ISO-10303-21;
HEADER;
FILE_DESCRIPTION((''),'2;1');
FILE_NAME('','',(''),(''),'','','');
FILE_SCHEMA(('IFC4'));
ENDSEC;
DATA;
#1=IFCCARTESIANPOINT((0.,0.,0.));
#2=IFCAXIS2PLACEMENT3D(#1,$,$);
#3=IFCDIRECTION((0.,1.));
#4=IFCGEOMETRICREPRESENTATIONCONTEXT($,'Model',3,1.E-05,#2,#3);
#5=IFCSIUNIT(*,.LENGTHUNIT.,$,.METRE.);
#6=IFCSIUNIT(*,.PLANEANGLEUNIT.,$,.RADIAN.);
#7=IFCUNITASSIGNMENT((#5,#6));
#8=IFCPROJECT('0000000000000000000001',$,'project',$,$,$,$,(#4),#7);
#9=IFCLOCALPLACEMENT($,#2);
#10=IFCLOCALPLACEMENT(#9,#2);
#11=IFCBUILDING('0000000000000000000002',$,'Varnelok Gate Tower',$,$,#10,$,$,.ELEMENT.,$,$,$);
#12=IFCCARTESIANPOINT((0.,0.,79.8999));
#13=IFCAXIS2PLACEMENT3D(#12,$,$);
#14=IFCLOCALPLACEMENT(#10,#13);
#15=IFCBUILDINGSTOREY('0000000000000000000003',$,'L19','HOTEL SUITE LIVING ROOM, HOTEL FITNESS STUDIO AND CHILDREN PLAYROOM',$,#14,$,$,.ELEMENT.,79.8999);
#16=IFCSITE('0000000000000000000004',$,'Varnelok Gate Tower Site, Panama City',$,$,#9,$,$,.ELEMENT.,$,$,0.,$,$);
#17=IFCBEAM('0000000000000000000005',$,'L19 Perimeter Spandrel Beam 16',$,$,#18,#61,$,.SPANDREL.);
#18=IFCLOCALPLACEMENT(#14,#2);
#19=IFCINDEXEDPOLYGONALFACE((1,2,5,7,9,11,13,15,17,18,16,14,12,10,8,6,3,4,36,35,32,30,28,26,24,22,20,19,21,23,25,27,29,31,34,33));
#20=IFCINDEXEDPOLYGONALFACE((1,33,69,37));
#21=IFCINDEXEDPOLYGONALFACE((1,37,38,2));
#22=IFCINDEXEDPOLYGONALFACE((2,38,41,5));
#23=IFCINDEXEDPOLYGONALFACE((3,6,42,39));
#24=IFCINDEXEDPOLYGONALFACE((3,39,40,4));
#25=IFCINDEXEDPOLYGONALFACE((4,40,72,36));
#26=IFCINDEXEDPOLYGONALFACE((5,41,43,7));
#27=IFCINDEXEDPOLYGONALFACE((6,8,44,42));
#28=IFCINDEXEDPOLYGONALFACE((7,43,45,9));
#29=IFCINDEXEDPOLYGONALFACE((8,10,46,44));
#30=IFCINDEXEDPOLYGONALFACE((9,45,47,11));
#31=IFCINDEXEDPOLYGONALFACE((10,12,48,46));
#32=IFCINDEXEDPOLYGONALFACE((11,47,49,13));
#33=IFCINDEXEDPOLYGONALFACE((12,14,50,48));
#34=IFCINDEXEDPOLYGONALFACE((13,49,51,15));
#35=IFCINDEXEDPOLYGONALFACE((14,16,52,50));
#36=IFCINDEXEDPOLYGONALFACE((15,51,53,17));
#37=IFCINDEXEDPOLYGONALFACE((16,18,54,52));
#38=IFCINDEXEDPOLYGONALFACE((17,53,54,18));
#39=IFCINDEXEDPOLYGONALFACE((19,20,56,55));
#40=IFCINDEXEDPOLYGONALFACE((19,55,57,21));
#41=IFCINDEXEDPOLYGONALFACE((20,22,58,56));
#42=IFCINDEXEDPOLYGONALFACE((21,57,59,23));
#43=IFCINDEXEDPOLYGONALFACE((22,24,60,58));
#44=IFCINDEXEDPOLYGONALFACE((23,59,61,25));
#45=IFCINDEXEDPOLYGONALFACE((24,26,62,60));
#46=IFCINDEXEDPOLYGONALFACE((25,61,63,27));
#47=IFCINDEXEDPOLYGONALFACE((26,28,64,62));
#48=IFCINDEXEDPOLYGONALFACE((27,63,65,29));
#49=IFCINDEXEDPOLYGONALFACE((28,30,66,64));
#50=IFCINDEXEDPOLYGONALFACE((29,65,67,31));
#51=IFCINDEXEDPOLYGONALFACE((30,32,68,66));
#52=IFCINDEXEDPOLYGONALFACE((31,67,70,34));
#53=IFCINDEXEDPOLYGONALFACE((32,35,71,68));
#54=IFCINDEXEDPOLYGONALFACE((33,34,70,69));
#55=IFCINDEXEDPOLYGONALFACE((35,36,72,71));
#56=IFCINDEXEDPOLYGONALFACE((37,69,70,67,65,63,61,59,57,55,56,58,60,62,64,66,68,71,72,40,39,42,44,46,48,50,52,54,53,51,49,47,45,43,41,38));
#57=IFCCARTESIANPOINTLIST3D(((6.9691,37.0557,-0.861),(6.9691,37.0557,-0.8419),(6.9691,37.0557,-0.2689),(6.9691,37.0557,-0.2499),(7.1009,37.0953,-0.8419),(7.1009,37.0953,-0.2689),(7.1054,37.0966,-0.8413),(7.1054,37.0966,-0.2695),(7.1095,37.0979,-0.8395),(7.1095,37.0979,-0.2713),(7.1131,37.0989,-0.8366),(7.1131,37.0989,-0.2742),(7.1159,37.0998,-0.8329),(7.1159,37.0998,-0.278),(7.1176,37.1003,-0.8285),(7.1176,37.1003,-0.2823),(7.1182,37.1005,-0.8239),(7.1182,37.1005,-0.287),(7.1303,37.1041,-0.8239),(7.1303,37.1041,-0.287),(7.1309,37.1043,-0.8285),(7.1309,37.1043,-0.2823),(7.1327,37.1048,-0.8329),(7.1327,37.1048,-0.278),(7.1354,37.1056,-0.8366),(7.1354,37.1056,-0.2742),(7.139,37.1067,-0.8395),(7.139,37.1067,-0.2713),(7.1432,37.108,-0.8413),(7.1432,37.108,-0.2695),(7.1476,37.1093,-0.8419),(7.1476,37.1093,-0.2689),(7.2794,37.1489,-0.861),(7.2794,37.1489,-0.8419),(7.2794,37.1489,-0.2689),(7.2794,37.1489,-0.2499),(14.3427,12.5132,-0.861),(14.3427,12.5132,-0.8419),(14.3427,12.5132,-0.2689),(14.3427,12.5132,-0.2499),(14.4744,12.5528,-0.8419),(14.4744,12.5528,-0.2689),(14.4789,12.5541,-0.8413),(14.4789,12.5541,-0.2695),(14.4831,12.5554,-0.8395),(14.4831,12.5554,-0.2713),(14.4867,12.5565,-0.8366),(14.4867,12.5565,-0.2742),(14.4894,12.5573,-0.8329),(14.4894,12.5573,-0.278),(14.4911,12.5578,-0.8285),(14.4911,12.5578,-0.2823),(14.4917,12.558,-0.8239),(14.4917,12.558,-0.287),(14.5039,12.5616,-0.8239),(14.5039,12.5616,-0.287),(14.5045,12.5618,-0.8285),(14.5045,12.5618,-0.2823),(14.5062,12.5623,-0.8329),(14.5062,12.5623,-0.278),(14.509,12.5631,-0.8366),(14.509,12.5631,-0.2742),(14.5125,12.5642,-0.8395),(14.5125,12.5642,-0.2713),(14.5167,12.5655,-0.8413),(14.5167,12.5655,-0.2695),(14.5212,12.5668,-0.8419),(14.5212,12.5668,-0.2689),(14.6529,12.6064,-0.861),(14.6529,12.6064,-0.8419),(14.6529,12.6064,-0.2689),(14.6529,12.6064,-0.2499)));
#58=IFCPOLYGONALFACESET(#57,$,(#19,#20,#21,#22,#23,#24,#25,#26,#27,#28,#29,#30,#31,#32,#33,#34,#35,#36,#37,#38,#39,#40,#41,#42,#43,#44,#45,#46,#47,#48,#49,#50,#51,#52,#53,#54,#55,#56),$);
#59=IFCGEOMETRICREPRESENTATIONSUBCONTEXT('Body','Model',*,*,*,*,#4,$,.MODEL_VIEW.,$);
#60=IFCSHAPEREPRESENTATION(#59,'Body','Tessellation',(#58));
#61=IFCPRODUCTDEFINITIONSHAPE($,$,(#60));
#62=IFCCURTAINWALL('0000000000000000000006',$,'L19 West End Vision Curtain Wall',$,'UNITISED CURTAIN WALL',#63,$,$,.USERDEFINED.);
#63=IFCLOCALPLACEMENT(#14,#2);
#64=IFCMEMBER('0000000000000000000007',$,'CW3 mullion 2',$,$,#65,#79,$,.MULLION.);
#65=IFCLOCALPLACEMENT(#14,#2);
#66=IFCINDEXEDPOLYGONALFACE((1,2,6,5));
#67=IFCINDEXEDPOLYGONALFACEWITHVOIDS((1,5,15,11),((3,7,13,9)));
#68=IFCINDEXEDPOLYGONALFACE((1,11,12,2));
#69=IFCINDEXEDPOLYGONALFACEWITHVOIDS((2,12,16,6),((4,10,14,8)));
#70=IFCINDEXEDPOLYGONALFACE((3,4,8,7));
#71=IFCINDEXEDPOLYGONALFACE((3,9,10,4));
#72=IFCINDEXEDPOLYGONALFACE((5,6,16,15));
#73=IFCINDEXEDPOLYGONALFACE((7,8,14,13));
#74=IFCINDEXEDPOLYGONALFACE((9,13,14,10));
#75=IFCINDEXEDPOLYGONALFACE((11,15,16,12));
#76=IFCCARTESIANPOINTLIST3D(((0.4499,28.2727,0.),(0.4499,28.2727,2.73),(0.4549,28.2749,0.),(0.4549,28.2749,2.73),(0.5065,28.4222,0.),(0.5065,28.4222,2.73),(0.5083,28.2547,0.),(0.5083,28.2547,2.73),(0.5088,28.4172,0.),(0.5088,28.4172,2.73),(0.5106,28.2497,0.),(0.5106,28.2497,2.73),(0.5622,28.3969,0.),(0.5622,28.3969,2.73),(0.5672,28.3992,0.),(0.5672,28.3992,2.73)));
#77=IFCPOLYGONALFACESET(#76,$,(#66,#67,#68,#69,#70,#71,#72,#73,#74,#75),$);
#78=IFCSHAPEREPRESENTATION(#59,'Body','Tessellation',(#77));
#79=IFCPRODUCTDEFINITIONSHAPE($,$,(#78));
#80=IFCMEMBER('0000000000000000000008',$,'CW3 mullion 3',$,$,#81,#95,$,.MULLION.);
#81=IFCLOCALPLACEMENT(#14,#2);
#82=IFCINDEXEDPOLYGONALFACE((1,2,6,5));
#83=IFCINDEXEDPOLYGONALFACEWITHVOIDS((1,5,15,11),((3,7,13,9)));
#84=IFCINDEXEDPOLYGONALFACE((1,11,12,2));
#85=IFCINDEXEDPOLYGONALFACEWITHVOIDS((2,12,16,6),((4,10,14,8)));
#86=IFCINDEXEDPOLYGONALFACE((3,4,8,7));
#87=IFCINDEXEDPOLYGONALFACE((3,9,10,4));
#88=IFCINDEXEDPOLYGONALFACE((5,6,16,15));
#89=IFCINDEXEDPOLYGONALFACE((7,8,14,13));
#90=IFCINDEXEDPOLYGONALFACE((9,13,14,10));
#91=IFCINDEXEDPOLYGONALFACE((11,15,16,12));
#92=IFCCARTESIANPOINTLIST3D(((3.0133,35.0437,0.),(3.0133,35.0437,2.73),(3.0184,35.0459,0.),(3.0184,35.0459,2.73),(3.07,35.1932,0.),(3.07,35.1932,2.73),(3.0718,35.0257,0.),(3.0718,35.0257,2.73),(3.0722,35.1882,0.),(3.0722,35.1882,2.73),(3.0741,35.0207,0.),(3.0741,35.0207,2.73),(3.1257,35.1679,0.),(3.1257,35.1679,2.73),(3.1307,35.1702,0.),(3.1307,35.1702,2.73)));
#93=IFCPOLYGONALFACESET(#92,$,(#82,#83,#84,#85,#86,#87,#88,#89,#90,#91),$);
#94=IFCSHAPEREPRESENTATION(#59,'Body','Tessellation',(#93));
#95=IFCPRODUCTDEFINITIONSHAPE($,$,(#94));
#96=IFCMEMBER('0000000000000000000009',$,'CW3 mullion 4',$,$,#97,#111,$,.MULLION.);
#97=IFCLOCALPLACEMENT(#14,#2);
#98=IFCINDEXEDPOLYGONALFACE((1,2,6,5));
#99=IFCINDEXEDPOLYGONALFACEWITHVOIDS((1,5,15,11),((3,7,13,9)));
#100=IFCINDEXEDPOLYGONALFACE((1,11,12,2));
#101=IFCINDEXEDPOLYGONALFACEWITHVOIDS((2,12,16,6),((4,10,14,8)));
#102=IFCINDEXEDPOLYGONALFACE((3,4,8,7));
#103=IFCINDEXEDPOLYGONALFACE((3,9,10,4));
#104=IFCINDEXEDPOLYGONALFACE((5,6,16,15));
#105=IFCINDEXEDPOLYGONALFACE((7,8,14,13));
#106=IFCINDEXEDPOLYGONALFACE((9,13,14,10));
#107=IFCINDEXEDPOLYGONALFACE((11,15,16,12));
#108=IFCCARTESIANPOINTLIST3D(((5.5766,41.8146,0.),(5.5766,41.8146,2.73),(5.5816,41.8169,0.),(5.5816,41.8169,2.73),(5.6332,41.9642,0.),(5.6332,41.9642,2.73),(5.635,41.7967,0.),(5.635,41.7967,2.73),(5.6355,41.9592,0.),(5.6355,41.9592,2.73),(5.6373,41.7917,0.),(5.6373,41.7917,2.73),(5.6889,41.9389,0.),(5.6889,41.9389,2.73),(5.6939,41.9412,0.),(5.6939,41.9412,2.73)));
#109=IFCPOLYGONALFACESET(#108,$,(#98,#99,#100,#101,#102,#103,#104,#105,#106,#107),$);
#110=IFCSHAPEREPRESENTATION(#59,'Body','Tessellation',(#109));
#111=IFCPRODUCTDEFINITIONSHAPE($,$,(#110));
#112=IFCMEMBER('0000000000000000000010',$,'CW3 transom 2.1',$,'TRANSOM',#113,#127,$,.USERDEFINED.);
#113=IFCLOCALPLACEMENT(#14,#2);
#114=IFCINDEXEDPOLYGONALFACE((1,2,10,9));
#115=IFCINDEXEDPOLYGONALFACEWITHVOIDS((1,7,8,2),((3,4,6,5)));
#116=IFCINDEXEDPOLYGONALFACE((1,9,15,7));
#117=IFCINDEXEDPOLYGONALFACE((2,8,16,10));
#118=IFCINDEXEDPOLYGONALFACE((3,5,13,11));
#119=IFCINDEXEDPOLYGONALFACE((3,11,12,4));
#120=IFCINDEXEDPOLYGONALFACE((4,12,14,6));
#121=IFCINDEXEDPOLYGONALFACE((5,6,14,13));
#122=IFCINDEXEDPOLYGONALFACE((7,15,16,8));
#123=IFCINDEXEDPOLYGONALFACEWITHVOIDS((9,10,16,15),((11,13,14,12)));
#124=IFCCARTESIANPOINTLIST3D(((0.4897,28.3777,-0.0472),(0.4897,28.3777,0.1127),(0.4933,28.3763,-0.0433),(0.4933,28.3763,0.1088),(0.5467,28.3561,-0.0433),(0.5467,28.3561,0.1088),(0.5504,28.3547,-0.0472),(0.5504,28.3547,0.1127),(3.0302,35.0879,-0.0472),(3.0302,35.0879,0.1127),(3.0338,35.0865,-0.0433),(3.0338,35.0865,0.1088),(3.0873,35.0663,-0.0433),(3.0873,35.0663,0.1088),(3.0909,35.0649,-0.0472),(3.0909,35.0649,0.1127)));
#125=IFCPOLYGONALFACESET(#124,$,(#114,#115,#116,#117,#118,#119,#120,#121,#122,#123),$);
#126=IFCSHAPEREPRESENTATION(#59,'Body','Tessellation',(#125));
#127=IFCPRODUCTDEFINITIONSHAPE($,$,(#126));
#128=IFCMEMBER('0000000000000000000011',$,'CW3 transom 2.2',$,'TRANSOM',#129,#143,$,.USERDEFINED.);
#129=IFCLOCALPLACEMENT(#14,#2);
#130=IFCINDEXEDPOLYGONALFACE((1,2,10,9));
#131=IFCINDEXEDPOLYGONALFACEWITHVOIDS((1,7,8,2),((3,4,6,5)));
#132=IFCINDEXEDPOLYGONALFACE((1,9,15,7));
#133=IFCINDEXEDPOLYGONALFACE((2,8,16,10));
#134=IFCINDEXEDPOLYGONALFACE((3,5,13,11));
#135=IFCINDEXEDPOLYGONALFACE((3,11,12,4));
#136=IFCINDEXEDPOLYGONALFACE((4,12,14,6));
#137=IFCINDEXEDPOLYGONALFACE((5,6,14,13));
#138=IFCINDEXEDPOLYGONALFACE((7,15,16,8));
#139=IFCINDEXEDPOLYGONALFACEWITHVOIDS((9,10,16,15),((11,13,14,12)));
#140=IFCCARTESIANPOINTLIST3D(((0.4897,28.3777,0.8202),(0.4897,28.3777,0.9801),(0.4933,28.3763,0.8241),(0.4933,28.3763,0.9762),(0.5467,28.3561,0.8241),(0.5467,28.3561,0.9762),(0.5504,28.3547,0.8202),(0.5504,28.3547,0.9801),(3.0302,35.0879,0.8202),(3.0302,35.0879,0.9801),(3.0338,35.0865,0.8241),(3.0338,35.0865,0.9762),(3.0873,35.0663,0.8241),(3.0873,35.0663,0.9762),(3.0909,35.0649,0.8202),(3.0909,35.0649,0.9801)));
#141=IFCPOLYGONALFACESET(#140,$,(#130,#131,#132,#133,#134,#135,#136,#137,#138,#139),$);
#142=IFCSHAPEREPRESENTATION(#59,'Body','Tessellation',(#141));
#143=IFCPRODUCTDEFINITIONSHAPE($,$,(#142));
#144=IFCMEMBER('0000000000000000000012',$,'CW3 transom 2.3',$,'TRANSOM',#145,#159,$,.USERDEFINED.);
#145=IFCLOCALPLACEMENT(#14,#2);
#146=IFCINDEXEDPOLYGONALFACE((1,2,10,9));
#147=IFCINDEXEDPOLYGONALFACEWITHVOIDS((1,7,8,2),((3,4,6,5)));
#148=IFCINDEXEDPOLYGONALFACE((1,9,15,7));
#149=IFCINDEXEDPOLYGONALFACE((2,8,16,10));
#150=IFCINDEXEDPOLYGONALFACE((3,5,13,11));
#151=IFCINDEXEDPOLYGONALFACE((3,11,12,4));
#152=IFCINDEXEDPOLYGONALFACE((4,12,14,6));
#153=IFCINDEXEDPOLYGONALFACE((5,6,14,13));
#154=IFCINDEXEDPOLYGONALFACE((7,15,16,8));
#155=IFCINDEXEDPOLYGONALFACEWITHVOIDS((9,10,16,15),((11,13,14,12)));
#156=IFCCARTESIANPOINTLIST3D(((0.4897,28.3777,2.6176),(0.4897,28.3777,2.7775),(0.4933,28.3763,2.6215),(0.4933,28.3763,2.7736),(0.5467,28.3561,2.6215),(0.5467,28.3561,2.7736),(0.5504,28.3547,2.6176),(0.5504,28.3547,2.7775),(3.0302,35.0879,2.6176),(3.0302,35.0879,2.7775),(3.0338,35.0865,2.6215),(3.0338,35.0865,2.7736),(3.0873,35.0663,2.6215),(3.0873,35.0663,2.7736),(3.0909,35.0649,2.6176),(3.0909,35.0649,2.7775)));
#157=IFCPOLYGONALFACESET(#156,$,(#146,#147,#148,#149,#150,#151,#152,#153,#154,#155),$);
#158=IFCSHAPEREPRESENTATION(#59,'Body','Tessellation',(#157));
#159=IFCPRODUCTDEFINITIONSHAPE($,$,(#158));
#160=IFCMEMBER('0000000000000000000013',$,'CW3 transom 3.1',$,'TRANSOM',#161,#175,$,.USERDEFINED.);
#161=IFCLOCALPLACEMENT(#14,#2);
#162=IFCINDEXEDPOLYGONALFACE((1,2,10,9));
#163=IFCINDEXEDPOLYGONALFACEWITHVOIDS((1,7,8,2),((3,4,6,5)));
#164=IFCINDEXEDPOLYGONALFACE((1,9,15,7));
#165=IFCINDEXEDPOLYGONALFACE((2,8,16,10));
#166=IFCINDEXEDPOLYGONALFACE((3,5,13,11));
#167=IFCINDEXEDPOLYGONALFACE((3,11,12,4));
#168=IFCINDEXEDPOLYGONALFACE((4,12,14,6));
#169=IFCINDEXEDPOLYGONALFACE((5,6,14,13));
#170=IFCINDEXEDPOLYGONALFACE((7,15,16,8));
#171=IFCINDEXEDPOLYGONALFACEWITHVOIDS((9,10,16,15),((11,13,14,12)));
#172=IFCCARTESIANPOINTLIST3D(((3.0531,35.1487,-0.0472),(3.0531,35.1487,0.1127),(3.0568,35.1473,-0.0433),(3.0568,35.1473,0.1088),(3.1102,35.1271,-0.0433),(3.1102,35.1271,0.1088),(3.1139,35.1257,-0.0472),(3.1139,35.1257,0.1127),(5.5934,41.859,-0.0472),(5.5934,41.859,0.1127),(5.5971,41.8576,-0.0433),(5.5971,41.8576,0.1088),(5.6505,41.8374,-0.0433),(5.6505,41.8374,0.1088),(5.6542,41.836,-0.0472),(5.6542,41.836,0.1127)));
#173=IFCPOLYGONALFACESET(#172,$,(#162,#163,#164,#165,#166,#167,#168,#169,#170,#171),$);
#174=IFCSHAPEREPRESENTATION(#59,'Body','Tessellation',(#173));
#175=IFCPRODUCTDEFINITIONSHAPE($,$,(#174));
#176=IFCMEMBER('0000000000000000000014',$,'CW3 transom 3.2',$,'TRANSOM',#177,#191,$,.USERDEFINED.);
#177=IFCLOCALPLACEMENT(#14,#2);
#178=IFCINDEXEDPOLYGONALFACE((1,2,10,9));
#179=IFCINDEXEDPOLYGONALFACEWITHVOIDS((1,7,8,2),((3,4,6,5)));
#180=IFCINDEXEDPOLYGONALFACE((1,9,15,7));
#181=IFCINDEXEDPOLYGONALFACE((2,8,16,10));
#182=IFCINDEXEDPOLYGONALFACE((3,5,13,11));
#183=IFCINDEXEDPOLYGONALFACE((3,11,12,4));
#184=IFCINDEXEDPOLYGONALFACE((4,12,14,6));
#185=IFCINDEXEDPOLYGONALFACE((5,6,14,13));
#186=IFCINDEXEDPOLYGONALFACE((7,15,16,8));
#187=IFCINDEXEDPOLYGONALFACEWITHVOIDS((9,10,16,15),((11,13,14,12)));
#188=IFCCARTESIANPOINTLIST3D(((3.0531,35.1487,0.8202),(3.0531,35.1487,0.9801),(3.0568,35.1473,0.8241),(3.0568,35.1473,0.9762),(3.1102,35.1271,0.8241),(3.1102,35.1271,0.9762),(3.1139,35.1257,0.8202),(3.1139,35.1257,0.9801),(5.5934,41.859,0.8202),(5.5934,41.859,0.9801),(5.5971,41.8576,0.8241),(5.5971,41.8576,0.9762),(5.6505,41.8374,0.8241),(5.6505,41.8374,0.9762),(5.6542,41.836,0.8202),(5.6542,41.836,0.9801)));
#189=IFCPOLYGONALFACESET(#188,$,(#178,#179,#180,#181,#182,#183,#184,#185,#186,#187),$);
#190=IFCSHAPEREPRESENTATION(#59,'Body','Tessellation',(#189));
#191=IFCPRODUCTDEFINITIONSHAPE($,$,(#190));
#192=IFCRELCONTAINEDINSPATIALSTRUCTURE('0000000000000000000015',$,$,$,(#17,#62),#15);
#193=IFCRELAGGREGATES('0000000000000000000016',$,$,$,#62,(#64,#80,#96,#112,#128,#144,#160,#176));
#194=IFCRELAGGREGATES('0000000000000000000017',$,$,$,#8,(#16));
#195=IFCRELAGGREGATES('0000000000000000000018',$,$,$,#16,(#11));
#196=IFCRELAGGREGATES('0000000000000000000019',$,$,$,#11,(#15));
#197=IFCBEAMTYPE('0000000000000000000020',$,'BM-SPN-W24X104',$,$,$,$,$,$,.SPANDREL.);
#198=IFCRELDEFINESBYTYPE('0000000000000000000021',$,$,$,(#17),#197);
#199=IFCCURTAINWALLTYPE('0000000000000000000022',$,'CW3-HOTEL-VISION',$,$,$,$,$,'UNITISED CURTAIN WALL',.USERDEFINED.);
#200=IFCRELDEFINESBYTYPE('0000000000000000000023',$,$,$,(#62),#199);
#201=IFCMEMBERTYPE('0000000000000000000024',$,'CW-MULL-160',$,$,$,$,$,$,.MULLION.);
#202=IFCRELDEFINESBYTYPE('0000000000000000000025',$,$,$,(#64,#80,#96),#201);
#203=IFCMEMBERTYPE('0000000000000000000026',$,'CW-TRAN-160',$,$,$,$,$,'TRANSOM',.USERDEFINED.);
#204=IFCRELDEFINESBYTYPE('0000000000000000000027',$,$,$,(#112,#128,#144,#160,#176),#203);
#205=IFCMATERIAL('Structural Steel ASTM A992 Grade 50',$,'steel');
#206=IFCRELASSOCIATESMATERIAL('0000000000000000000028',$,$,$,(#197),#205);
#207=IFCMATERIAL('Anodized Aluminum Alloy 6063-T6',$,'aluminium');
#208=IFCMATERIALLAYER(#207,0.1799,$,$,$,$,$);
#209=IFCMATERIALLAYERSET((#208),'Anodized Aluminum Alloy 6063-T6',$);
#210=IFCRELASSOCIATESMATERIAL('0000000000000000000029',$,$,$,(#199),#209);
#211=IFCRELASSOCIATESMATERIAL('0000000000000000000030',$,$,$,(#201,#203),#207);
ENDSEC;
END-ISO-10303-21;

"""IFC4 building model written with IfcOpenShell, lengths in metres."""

from ifc_helpers import new_model, si_unit, direction, frame, origin, origin_2d, place, context, subcontext, project, spatial, hollow_rectangle, i_section, extrude, material, layer, layer_set, material_profile, profile_set, type_object, element, aggregate, save


model = new_model("IFC4")

# Units and contexts
model_context = context("Model", 3, precision=1e-05, world=origin(), true_north=direction((0.0, 1.0)))
body_context = subcontext(model_context, "Body", "Model", "MODEL_VIEW")
ifc_project = project(units=[si_unit("LENGTHUNIT", "METRE"), si_unit("PLANEANGLEUNIT", "RADIAN")], contexts=[model_context])

# Site, building, storey
site_placement = place(None, origin())
site = spatial("IfcSite", under=ifc_project, at=site_placement, Name="Varnelok Gate Tower Site, Panama City", CompositionType="ELEMENT", RefElevation=0.0)
building_placement = place(site_placement, origin())
building = spatial("IfcBuilding", under=site, at=building_placement, Name="Varnelok Gate Tower", CompositionType="ELEMENT")
storey_placement = place(building_placement, frame((0.0, 0.0, 79.8999)))
storey = spatial("IfcBuildingStorey", under=building, at=storey_placement, Name="L19", Description="HOTEL SUITE LIVING ROOM, HOTEL FITNESS STUDIO AND CHILDREN PLAYROOM", CompositionType="ELEMENT", Elevation=79.8999)

# Shared definitions
ifc_material_1 = material(Name="Structural Steel ASTM A992 Grade 50", Category="steel")

# Beam
ifc_material_profile_1 = material_profile(ifc_material_1, i_section(OverallWidth=0.324, OverallDepth=0.6111, WebThickness=0.0127, FlangeThickness=0.019, FilletRadius=0.0181, at=origin_2d()), Name="W24X104")
ifc_profile_set_1 = profile_set([ifc_material_profile_1], Name="Structural Steel ASTM A992 Grade 50")
beam_type_1 = type_object("IfcBeamType", Name="BM-SPN-W24X104", PredefinedType="SPANDREL", material=ifc_profile_set_1)
beam_1_placement = place(storey_placement, frame((7.1243, 37.1023, -0.5554), z_axis=(0.287734, -0.95771, 0.0), x_axis=(0.95771, 0.287734, 0.0)))
element("IfcBeam", 1, at=beam_1_placement, inside=storey, type_object=beam_type_1, Name="L19 Perimeter Spandrel Beam 16", PredefinedType="SPANDREL", context=body_context, shape_type="SweptSolid", body=[
    extrude(i_section(OverallWidth=0.324, OverallDepth=0.6111, WebThickness=0.0127, FlangeThickness=0.019, FilletRadius=0.0181, at=origin_2d()), origin(), (0.0, 0.0, 1.0), 25.6262),
])

# Curtain wall, members
ifc_material_2 = material(Name="Anodized Aluminum Alloy 6063-T6", Category="aluminium")
ifc_layer_1 = layer(ifc_material_2, 0.1799)
ifc_layer_set_1 = layer_set([ifc_layer_1], Name="Anodized Aluminum Alloy 6063-T6")
curtain_wall_type = type_object("IfcCurtainWallType", Name="CW3-HOTEL-VISION", ElementType="UNITISED CURTAIN WALL", PredefinedType="USERDEFINED", material=ifc_layer_set_1)
curtain_wall_placement = place(storey_placement, origin())
curtain_wall = element("IfcCurtainWall", 2, at=curtain_wall_placement, inside=storey, type_object=curtain_wall_type, Name="L19 West End Vision Curtain Wall", ObjectType="UNITISED CURTAIN WALL", PredefinedType="USERDEFINED")
ifc_material_profile_2 = material_profile(ifc_material_2, hollow_rectangle(XDim=0.0649, YDim=0.1599, WallThickness=0.0039, at=origin_2d()), Name="ALU160X65X4")
ifc_profile_set_2 = profile_set([ifc_material_profile_2], Name="Anodized Aluminum Alloy 6063-T6")
member_type_1 = type_object("IfcMemberType", Name="CW-MULL-160", PredefinedType="MULLION", material=ifc_profile_set_2)
member_1_placement = place(storey_placement, frame((0.5085, 28.3359, 0.0), z_axis=(0.0, 0.0, 1.0), x_axis=(-0.935221, 0.354064, 0.0)))
member_1 = element("IfcMember", 3, at=member_1_placement, type_object=member_type_1, Name="CW3 mullion 2", PredefinedType="MULLION", context=body_context, shape_type="SweptSolid", body=[
    extrude(hollow_rectangle(XDim=0.0649, YDim=0.1599, WallThickness=0.0039, at=origin_2d()), origin(), (0.0, 0.0, 1.0), 2.73),
])
member_2_placement = place(storey_placement, frame((3.072, 35.1069, 0.0), z_axis=(0.0, 0.0, 1.0), x_axis=(-0.935221, 0.354064, 0.0)))
member_2 = element("IfcMember", 4, at=member_2_placement, type_object=member_type_1, Name="CW3 mullion 3", PredefinedType="MULLION", context=body_context, shape_type="SweptSolid", body=[
    extrude(hollow_rectangle(XDim=0.0649, YDim=0.1599, WallThickness=0.0039, at=origin_2d()), origin(), (0.0, 0.0, 1.0), 2.73),
])
member_3_placement = place(storey_placement, frame((5.6353, 41.8779, 0.0), z_axis=(0.0, 0.0, 1.0), x_axis=(-0.935221, 0.354064, 0.0)))
member_3 = element("IfcMember", 5, at=member_3_placement, type_object=member_type_1, Name="CW3 mullion 4", PredefinedType="MULLION", context=body_context, shape_type="SweptSolid", body=[
    extrude(hollow_rectangle(XDim=0.0649, YDim=0.1599, WallThickness=0.0039, at=origin_2d()), origin(), (0.0, 0.0, 1.0), 2.73),
])
ifc_material_profile_3 = material_profile(ifc_material_2, hollow_rectangle(XDim=0.0649, YDim=0.1599, WallThickness=0.0039, at=origin_2d()), Name="ALU160X65X4")
ifc_profile_set_3 = profile_set([ifc_material_profile_3], Name="Anodized Aluminum Alloy 6063-T6")
member_type_2 = type_object("IfcMemberType", Name="CW-TRAN-160", ElementType="TRANSOM", PredefinedType="USERDEFINED", material=ifc_profile_set_3)
member_4_placement = place(storey_placement, frame((0.52, 28.3662, 0.0327), z_axis=(0.354079, 0.935216, 0.0), x_axis=(-0.935216, 0.354079, 0.0)))
member_4 = element("IfcMember", 6, at=member_4_placement, type_object=member_type_2, Name="CW3 transom 2.1", ObjectType="TRANSOM", PredefinedType="USERDEFINED", context=body_context, shape_type="SweptSolid", body=[
    extrude(hollow_rectangle(XDim=0.0649, YDim=0.1599, WallThickness=0.0039, at=origin_2d()), origin(), (0.0, 0.0, 1.0), 7.175),
])
member_5_placement = place(storey_placement, frame((0.52, 28.3662, 0.9001), z_axis=(0.354079, 0.935216, 0.0), x_axis=(-0.935216, 0.354079, 0.0)))
member_5 = element("IfcMember", 7, at=member_5_placement, type_object=member_type_2, Name="CW3 transom 2.2", ObjectType="TRANSOM", PredefinedType="USERDEFINED", context=body_context, shape_type="SweptSolid", body=[
    extrude(hollow_rectangle(XDim=0.0649, YDim=0.1599, WallThickness=0.0039, at=origin_2d()), origin(), (0.0, 0.0, 1.0), 7.175),
])
member_6_placement = place(storey_placement, frame((0.52, 28.3662, 2.6975), z_axis=(0.354079, 0.935216, 0.0), x_axis=(-0.935216, 0.354079, 0.0)))
member_6 = element("IfcMember", 8, at=member_6_placement, type_object=member_type_2, Name="CW3 transom 2.3", ObjectType="TRANSOM", PredefinedType="USERDEFINED", context=body_context, shape_type="SweptSolid", body=[
    extrude(hollow_rectangle(XDim=0.0649, YDim=0.1599, WallThickness=0.0039, at=origin_2d()), origin(), (0.0, 0.0, 1.0), 7.175),
])
member_7_placement = place(storey_placement, frame((3.0835, 35.1372, 0.0327), z_axis=(0.354049, 0.935227, 0.0), x_axis=(-0.935227, 0.354049, 0.0)))
member_7 = element("IfcMember", 9, at=member_7_placement, type_object=member_type_2, Name="CW3 transom 3.1", ObjectType="TRANSOM", PredefinedType="USERDEFINED", context=body_context, shape_type="SweptSolid", body=[
    extrude(hollow_rectangle(XDim=0.0649, YDim=0.1599, WallThickness=0.0039, at=origin_2d()), origin(), (0.0, 0.0, 1.0), 7.175),
])
member_8_placement = place(storey_placement, frame((3.0835, 35.1372, 0.9001), z_axis=(0.354049, 0.935227, 0.0), x_axis=(-0.935227, 0.354049, 0.0)))
member_8 = element("IfcMember", 10, at=member_8_placement, type_object=member_type_2, Name="CW3 transom 3.2", ObjectType="TRANSOM", PredefinedType="USERDEFINED", context=body_context, shape_type="SweptSolid", body=[
    extrude(hollow_rectangle(XDim=0.0649, YDim=0.1599, WallThickness=0.0039, at=origin_2d()), origin(), (0.0, 0.0, 1.0), 7.175),
])
aggregate(curtain_wall, [member_1, member_2, member_3, member_4, member_5, member_6, member_7, member_8])

save(model, "model.ifc")
